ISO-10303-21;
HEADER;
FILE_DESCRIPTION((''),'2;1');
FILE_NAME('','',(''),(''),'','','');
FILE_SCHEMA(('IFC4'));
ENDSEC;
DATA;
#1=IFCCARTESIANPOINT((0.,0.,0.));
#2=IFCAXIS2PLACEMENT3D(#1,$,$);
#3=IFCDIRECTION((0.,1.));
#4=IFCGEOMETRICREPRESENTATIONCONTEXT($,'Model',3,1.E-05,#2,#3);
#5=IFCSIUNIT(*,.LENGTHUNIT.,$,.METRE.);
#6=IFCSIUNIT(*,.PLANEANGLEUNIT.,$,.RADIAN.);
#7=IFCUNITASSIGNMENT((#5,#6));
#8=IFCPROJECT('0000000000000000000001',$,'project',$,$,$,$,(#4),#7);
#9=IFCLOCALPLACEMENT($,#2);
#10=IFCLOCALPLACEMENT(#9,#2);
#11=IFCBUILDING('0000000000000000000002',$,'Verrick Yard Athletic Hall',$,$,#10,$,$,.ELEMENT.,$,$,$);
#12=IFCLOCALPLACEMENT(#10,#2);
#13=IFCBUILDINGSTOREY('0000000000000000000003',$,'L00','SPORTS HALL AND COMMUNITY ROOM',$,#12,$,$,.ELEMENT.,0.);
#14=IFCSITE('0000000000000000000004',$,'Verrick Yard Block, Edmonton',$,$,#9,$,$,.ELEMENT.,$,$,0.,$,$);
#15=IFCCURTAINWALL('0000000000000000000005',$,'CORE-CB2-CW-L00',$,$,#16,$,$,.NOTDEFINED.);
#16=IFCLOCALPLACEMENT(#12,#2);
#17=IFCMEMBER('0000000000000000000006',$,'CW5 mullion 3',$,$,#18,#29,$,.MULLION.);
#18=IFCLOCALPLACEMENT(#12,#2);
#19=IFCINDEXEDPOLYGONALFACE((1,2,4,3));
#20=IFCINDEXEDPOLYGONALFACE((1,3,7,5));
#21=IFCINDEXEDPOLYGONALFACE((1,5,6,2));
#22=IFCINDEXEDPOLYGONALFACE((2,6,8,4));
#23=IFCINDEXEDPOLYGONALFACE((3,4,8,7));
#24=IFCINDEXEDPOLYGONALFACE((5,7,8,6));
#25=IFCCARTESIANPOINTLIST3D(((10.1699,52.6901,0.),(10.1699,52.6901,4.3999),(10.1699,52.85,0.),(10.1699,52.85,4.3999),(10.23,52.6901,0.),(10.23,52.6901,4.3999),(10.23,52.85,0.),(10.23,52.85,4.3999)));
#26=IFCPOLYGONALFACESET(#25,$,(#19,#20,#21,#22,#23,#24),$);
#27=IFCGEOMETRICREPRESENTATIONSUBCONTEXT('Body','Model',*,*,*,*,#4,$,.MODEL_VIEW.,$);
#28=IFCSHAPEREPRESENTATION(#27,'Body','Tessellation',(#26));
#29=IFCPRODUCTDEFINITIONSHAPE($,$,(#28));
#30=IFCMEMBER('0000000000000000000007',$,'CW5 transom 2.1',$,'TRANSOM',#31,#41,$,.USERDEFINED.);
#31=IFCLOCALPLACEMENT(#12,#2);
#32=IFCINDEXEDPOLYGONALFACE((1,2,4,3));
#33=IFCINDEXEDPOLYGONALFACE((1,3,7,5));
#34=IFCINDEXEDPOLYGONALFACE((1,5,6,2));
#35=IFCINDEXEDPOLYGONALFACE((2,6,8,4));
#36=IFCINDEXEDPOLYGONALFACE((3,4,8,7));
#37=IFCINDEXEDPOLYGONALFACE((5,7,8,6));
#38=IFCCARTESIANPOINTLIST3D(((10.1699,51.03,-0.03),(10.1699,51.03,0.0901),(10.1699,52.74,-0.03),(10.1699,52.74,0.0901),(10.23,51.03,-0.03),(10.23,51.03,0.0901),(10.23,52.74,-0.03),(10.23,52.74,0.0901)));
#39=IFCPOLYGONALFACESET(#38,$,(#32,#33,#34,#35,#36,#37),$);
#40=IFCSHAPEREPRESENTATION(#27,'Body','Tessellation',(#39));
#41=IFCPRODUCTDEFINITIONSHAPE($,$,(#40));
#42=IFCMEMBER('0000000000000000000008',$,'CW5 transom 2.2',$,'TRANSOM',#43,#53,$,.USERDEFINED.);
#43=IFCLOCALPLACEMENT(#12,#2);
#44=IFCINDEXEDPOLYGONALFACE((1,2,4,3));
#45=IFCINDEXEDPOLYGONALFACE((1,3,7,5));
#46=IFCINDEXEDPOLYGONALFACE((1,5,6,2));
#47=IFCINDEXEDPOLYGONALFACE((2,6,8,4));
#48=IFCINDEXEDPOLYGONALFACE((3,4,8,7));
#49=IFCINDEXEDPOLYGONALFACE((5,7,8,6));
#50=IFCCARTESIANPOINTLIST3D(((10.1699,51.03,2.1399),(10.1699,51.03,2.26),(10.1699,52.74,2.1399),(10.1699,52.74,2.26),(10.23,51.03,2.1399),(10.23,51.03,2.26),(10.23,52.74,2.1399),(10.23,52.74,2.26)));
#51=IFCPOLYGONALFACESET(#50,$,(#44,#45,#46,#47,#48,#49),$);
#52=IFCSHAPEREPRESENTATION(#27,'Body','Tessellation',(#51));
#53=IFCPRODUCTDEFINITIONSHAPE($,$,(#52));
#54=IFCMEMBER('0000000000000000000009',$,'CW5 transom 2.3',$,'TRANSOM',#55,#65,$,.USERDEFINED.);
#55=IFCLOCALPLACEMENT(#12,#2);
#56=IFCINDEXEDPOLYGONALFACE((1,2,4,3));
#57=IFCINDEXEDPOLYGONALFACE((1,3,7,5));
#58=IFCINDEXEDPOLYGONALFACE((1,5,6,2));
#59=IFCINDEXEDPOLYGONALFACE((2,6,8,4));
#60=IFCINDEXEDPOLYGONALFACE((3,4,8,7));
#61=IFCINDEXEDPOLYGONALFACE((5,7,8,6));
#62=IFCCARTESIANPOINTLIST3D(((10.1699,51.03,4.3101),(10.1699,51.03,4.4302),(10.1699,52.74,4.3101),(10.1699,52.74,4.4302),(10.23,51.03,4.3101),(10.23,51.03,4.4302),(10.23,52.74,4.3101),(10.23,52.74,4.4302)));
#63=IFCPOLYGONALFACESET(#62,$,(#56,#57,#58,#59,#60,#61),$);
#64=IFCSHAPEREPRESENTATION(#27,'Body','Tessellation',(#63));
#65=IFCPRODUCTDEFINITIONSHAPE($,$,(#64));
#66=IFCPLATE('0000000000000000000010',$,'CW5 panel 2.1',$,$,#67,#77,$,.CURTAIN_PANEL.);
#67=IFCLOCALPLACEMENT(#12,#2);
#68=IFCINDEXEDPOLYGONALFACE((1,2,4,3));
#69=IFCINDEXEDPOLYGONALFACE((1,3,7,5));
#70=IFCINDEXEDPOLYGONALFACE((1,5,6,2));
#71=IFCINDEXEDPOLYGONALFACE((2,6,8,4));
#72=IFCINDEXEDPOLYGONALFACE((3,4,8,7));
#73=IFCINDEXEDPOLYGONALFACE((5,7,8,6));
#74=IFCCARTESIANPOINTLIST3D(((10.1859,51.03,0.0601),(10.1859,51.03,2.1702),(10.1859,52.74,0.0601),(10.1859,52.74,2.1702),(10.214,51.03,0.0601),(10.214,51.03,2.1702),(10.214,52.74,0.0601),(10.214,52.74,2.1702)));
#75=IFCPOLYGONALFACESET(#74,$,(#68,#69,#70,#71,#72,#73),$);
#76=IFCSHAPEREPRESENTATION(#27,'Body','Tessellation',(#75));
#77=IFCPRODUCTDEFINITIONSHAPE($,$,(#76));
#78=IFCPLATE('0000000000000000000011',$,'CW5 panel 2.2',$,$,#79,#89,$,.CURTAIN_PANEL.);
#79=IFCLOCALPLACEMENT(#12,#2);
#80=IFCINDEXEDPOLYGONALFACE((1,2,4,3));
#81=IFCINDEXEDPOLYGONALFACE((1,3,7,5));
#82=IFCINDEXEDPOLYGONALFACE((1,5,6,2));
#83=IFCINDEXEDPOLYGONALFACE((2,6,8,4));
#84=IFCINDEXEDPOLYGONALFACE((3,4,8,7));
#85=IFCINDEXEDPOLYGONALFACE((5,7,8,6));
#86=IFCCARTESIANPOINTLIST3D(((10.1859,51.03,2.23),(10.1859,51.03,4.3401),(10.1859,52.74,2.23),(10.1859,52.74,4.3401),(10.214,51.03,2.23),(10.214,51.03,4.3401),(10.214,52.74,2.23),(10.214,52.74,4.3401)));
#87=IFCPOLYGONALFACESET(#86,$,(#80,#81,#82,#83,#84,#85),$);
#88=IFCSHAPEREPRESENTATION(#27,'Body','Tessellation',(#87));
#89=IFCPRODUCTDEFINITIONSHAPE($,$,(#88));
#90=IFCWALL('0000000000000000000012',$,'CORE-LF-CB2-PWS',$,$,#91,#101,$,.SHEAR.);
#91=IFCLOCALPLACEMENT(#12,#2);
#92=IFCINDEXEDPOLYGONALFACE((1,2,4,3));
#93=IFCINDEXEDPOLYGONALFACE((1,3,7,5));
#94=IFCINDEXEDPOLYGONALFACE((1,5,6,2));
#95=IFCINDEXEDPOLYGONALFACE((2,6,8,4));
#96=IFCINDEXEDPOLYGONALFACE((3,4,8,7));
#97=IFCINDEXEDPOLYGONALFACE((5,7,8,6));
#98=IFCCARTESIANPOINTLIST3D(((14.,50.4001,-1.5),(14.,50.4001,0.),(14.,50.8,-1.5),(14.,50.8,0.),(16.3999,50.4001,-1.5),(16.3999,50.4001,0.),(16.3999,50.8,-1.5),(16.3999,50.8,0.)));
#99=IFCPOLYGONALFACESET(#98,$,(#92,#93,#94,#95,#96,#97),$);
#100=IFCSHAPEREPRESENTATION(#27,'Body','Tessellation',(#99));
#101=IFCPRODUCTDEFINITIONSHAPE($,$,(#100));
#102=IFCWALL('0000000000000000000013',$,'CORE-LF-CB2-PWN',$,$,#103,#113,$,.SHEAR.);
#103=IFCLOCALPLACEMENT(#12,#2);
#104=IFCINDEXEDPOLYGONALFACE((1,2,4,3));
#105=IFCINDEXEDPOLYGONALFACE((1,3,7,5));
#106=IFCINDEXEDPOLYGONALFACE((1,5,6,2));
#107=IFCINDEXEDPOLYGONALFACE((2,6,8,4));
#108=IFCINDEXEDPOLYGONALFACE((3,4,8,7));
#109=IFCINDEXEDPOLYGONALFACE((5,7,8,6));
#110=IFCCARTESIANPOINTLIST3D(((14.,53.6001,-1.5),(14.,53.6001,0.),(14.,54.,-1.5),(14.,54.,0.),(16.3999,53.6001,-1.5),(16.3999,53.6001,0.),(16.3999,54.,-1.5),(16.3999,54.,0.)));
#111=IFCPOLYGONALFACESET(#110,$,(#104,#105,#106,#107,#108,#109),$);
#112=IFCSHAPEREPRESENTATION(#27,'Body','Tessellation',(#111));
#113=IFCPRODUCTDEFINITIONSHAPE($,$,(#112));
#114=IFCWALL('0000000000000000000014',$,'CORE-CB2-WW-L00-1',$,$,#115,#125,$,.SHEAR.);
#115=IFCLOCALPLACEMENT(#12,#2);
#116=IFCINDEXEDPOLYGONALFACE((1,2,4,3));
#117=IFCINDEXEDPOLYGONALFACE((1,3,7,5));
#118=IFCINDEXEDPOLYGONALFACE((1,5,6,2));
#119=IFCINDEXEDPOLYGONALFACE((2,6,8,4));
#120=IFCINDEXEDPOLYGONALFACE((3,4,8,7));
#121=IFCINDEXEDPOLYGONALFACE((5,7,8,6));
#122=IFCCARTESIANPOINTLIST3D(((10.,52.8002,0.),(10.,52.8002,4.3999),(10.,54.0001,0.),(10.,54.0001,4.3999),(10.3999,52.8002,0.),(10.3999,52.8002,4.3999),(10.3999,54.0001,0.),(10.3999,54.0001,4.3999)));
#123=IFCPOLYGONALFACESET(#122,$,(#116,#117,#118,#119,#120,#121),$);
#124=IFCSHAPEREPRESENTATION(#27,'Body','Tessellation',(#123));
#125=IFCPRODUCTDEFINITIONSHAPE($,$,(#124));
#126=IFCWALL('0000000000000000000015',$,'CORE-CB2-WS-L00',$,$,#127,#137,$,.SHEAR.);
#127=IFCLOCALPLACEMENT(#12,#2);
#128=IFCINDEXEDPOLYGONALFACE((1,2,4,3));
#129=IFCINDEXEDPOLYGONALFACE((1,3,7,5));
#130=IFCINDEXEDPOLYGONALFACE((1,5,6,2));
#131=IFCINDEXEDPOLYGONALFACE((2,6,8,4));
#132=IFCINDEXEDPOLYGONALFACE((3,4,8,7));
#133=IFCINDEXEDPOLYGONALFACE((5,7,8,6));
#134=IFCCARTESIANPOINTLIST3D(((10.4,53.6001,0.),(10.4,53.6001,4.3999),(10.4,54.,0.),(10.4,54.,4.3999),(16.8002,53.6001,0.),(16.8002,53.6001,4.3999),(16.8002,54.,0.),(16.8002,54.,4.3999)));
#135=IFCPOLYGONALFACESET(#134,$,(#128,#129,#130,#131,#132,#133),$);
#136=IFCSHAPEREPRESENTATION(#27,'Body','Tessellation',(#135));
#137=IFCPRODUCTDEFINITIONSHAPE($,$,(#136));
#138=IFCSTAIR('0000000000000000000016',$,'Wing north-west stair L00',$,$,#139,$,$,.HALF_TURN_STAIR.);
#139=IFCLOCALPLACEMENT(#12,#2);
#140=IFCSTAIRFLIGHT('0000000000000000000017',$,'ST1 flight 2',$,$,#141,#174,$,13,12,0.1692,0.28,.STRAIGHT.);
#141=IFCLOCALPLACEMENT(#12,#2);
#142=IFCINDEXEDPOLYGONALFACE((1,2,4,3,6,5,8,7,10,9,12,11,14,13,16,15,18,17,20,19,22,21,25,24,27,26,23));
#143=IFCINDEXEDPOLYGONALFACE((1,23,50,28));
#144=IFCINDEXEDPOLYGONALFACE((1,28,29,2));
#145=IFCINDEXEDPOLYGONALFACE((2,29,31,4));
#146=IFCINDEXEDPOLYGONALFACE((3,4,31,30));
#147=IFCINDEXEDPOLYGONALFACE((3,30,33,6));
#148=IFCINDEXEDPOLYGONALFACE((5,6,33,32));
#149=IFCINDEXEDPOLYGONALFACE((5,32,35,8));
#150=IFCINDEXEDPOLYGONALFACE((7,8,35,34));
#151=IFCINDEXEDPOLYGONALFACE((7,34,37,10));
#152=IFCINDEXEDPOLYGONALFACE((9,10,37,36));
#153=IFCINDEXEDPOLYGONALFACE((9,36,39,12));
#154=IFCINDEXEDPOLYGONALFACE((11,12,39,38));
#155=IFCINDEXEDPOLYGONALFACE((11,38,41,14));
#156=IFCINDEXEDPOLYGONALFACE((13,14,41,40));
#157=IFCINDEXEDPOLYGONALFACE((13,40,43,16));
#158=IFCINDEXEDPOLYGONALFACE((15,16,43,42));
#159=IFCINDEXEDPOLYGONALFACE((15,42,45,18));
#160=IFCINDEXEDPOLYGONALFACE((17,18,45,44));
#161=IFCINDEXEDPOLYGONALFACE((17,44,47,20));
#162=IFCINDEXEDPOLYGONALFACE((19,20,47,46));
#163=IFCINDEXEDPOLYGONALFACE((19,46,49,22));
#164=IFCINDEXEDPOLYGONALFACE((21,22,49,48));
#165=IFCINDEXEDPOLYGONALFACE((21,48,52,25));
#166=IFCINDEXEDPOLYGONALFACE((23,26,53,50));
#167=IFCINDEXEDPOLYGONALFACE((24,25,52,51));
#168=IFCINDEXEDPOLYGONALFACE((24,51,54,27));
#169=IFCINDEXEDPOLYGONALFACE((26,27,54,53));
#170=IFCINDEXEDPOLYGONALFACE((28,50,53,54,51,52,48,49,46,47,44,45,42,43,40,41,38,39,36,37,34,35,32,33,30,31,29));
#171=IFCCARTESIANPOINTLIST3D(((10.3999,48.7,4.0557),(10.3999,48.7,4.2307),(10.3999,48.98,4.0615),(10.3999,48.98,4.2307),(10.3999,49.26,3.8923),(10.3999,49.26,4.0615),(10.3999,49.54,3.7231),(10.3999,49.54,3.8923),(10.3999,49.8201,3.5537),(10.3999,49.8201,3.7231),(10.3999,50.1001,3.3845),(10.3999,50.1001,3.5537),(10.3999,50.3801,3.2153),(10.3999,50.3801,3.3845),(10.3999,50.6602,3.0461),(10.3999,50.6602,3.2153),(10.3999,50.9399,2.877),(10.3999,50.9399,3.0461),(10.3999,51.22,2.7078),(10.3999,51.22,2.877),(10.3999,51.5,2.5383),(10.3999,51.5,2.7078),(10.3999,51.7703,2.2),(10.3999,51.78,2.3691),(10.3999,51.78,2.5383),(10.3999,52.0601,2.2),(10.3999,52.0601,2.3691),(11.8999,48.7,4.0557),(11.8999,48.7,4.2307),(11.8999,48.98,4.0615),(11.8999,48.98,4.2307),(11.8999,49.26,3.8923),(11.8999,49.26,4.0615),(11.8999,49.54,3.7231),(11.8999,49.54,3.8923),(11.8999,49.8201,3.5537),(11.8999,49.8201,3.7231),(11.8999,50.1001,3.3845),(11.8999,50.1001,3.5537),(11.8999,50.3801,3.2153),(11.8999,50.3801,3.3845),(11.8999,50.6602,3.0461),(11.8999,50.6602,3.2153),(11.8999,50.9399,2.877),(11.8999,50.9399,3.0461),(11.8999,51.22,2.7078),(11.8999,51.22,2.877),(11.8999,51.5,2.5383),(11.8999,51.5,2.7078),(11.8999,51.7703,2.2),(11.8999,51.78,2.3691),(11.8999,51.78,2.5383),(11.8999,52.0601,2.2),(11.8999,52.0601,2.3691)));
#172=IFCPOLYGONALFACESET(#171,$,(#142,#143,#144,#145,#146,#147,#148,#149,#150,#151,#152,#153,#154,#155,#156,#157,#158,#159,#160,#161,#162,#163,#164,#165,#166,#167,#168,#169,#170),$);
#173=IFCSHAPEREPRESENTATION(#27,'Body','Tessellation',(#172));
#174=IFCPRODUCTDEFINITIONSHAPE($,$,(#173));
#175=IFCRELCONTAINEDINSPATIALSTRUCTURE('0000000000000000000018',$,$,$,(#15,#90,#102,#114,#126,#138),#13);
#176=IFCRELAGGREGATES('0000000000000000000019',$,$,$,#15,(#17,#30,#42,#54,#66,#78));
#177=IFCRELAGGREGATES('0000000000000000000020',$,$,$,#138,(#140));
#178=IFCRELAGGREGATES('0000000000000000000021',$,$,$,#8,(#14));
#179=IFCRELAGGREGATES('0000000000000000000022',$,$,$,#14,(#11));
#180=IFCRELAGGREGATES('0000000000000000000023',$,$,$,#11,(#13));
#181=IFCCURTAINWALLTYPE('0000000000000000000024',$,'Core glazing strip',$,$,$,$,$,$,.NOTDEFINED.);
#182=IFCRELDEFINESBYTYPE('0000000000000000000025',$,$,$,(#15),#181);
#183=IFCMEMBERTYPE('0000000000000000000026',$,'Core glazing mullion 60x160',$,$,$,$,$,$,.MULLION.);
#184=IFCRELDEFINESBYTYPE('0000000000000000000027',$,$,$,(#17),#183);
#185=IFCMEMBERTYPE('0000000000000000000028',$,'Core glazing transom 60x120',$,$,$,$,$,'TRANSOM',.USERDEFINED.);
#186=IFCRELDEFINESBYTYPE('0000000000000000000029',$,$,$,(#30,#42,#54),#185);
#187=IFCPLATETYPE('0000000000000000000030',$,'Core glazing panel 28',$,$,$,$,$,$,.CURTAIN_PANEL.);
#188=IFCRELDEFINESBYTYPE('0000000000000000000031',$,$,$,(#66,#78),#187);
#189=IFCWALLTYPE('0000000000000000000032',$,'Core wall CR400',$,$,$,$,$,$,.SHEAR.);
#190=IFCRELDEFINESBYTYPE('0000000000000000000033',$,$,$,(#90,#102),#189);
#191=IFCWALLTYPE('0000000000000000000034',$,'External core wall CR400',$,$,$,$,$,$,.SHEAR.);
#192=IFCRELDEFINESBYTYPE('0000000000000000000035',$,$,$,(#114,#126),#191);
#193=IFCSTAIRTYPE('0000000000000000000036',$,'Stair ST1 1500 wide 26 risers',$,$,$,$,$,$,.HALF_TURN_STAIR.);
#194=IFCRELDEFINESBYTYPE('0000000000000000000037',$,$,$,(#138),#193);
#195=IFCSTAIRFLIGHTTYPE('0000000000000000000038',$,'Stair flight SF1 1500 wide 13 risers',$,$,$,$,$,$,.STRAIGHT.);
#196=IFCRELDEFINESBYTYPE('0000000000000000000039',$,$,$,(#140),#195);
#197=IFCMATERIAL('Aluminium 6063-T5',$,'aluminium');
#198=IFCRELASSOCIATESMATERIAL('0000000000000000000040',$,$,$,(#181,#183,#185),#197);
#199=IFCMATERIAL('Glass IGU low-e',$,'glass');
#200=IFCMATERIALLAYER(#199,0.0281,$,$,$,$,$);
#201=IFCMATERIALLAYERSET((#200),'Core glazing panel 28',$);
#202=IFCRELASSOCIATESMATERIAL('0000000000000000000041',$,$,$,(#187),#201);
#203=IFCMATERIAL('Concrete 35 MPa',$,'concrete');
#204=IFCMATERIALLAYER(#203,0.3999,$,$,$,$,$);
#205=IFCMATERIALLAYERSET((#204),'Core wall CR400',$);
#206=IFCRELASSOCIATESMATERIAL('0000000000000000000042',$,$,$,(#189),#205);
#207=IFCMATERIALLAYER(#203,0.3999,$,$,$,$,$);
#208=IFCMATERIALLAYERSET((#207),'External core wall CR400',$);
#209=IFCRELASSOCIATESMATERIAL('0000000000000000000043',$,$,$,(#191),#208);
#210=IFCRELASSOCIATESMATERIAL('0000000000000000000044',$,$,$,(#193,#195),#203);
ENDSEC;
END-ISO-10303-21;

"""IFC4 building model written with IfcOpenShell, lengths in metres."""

from ifc_helpers import new_model, si_unit, direction, frame, frame_2d, origin, origin_2d, place, context, subcontext, project, spatial, polyline, rectangle, outline, extrude, material, layer, layer_set, material_profile, profile_set, type_object, element, aggregate, save


model = new_model("IFC4")

# Units and contexts
model_context = context("Model", 3, precision=1e-05, world=origin(), true_north=direction((0.0, 1.0)))
body_context = subcontext(model_context, "Body", "Model", "MODEL_VIEW")
ifc_project = project(units=[si_unit("LENGTHUNIT", "METRE"), si_unit("PLANEANGLEUNIT", "RADIAN")], contexts=[model_context])

# Site, building, storey
site_placement = place(None, origin())
site = spatial("IfcSite", under=ifc_project, at=site_placement, Name="Verrick Yard Block, Edmonton", CompositionType="ELEMENT", RefElevation=0.0)
building_placement = place(site_placement, origin())
building = spatial("IfcBuilding", under=site, at=building_placement, Name="Verrick Yard Athletic Hall", CompositionType="ELEMENT")
storey_placement = place(building_placement, origin())
storey = spatial("IfcBuildingStorey", under=building, at=storey_placement, Name="L00", Description="SPORTS HALL AND COMMUNITY ROOM", CompositionType="ELEMENT", Elevation=0.0)

# Shared definitions
ifc_material_1 = material(Name="Concrete 35 MPa", Category="concrete")

# Curtain wall, members, plates
ifc_material_2 = material(Name="Aluminium 6063-T5", Category="aluminium")
curtain_wall_type = type_object("IfcCurtainWallType", Name="Core glazing strip", PredefinedType="NOTDEFINED", material=ifc_material_2)
curtain_wall_placement = place(storey_placement, origin())
curtain_wall = element("IfcCurtainWall", 1, at=curtain_wall_placement, inside=storey, type_object=curtain_wall_type, Name="CORE-CB2-CW-L00", PredefinedType="NOTDEFINED")
ifc_material_profile_1 = material_profile(ifc_material_2, rectangle(XDim=0.0601, YDim=0.1599, at=origin_2d()), Name="Core glazing mullion 60x160")
ifc_profile_set_1 = profile_set([ifc_material_profile_1], Name="Aluminium 6063-T5")
member_type_1 = type_object("IfcMemberType", Name="Core glazing mullion 60x160", PredefinedType="MULLION", material=ifc_profile_set_1)
member_1_placement = place(storey_placement, frame((10.2, 52.77, 0.0), z_axis=(0.0, 0.0, 1.0), x_axis=(-1.0, 0.0, 0.0)))
member_1 = element("IfcMember", 2, at=member_1_placement, type_object=member_type_1, Name="CW5 mullion 3", PredefinedType="MULLION", context=body_context, shape_type="SweptSolid", body=[
    extrude(rectangle(XDim=0.0601, YDim=0.1599, at=origin_2d()), origin(), (0.0, 0.0, 1.0), 4.3999),
])
ifc_material_profile_2 = material_profile(ifc_material_2, rectangle(XDim=0.0601, YDim=0.1201, at=origin_2d()), Name="Core glazing transom 60x120")
ifc_profile_set_2 = profile_set([ifc_material_profile_2], Name="Aluminium 6063-T5")
member_type_2 = type_object("IfcMemberType", Name="Core glazing transom 60x120", ElementType="TRANSOM", PredefinedType="USERDEFINED", material=ifc_profile_set_2)
member_2_placement = place(storey_placement, frame((10.2, 51.03, 0.03), z_axis=(0.0, 1.0, 0.0), x_axis=(-1.0, 0.0, 0.0)))
member_2 = element("IfcMember", 3, at=member_2_placement, type_object=member_type_2, Name="CW5 transom 2.1", ObjectType="TRANSOM", PredefinedType="USERDEFINED", context=body_context, shape_type="SweptSolid", body=[
    extrude(rectangle(XDim=0.0601, YDim=0.1201, at=origin_2d()), origin(), (0.0, 0.0, 1.0), 1.71),
])
member_3_placement = place(storey_placement, frame((10.2, 51.03, 2.2), z_axis=(0.0, 1.0, 0.0), x_axis=(-1.0, 0.0, 0.0)))
member_3 = element("IfcMember", 4, at=member_3_placement, type_object=member_type_2, Name="CW5 transom 2.2", ObjectType="TRANSOM", PredefinedType="USERDEFINED", context=body_context, shape_type="SweptSolid", body=[
    extrude(rectangle(XDim=0.0601, YDim=0.1201, at=origin_2d()), origin(), (0.0, 0.0, 1.0), 1.71),
])
member_4_placement = place(storey_placement, frame((10.2, 51.03, 4.3701), z_axis=(0.0, 1.0, 0.0), x_axis=(-1.0, 0.0, 0.0)))
member_4 = element("IfcMember", 5, at=member_4_placement, type_object=member_type_2, Name="CW5 transom 2.3", ObjectType="TRANSOM", PredefinedType="USERDEFINED", context=body_context, shape_type="SweptSolid", body=[
    extrude(rectangle(XDim=0.0601, YDim=0.1201, at=origin_2d()), origin(), (0.0, 0.0, 1.0), 1.71),
])
ifc_material_3 = material(Name="Glass IGU low-e", Category="glass")
ifc_layer_1 = layer(ifc_material_3, 0.0281)
ifc_layer_set_1 = layer_set([ifc_layer_1], Name="Core glazing panel 28")
plate_type = type_object("IfcPlateType", Name="Core glazing panel 28", PredefinedType="CURTAIN_PANEL", material=ifc_layer_set_1)
plate_1_placement = place(storey_placement, frame((10.2, 51.885, 0.0601), z_axis=(0.0, 0.0, 1.0), x_axis=(0.0, 1.0, 0.0)))
plate_1 = element("IfcPlate", 6, at=plate_1_placement, type_object=plate_type, Name="CW5 panel 2.1", PredefinedType="CURTAIN_PANEL", context=body_context, shape_type="SweptSolid", body=[
    extrude(rectangle(XDim=1.71, YDim=0.0281, at=origin_2d()), origin(), (0.0, 0.0, 1.0), 2.1101),
])
plate_2_placement = place(storey_placement, frame((10.2, 51.885, 2.23), z_axis=(0.0, 0.0, 1.0), x_axis=(0.0, 1.0, 0.0)))
plate_2 = element("IfcPlate", 7, at=plate_2_placement, type_object=plate_type, Name="CW5 panel 2.2", PredefinedType="CURTAIN_PANEL", context=body_context, shape_type="SweptSolid", body=[
    extrude(rectangle(XDim=1.71, YDim=0.0281, at=origin_2d()), origin(), (0.0, 0.0, 1.0), 2.1101),
])
aggregate(curtain_wall, [member_1, member_2, member_3, member_4, plate_1, plate_2])

# Walls
ifc_layer_2 = layer(ifc_material_1, 0.3999)
ifc_layer_set_2 = layer_set([ifc_layer_2], Name="Core wall CR400")
wall_type_1 = type_object("IfcWallType", Name="Core wall CR400", PredefinedType="SHEAR", material=ifc_layer_set_2)
for number, where, z_axis, x_axis, name in (
    (8, (14.0, 50.6001, -1.5), (0.0, 0.0, 1.0), (1.0, 0.0, 0.0), "CORE-LF-CB2-PWS"),
    (9, (14.0, 53.8, -1.5), (0.0, 0.0, 1.0), (1.0, 0.0, 0.0), "CORE-LF-CB2-PWN"),
):
    element("IfcWall", number, at=place(storey_placement, frame(where, z_axis=z_axis, x_axis=x_axis)), inside=storey, type_object=wall_type_1, Name=name, PredefinedType="SHEAR", context=body_context, shape_type="SweptSolid", body=[
        extrude(rectangle(XDim=2.3999, YDim=0.3999, at=frame_2d((1.2, 0.0))), origin(), (0.0, 0.0, 1.0), 1.5),
    ])
ifc_layer_3 = layer(ifc_material_1, 0.3999)
ifc_layer_set_3 = layer_set([ifc_layer_3], Name="External core wall CR400")
wall_type_2 = type_object("IfcWallType", Name="External core wall CR400", PredefinedType="SHEAR", material=ifc_layer_set_3)
wall_1_placement = place(storey_placement, frame((10.2, 52.8, 0.0), z_axis=(0.0, 0.0, 1.0), x_axis=(0.0, 1.0, 0.0)))
element("IfcWall", 10, at=wall_1_placement, inside=storey, type_object=wall_type_2, Name="CORE-CB2-WW-L00-1", PredefinedType="SHEAR", context=body_context, shape_type="SweptSolid", body=[
    extrude(rectangle(XDim=1.2, YDim=0.3999, at=frame_2d((0.6001, 0.0))), origin(), (0.0, 0.0, 1.0), 4.3999),
])
wall_2_placement = place(storey_placement, frame((10.3999, 53.8, 0.0), z_axis=(0.0, 0.0, 1.0), x_axis=(1.0, 0.0, 0.0)))
element("IfcWall", 11, at=wall_2_placement, inside=storey, type_object=wall_type_2, Name="CORE-CB2-WS-L00", PredefinedType="SHEAR", context=body_context, shape_type="SweptSolid", body=[
    extrude(rectangle(XDim=6.4001, YDim=0.3999, at=frame_2d((3.2002, 0.0))), origin(), (0.0, 0.0, 1.0), 4.3999),
])

# Stair, stair flight
stair_type = type_object("IfcStairType", Name="Stair ST1 1500 wide 26 risers", PredefinedType="HALF_TURN_STAIR", material=ifc_material_1)
stair_placement = place(storey_placement, origin())
stair = element("IfcStair", 12, at=stair_placement, inside=storey, type_object=stair_type, Name="Wing north-west stair L00", PredefinedType="HALF_TURN_STAIR")
stair_flight_type = type_object("IfcStairFlightType", Name="Stair flight SF1 1500 wide 13 risers", PredefinedType="STRAIGHT", material=ifc_material_1)
stair_flight_placement = place(storey_placement, frame((11.1499, 52.0601, 2.2), z_axis=(0.0, 0.0, 1.0), x_axis=(0.0, -1.0, 0.0)))
stair_flight = element("IfcStairFlight", 13, at=stair_flight_placement, type_object=stair_flight_type, Name="ST1 flight 2", NumberOfRisers=13, NumberOfTreads=12, PredefinedType="STRAIGHT", RiserHeight=0.1692, TreadLength=0.28, context=body_context, shape_type="SweptSolid", body=[
    extrude(outline(polyline([(0.0, 0.0), (0.0, 0.1692), (0.28, 0.1692), (0.28, 0.3384), (0.5601, 0.3384), (0.5601, 0.5078), (0.8401, 0.5078), (0.8401, 0.677), (1.1201, 0.677), (1.1201, 0.8462), (1.3999, 0.8462), (1.3999, 1.0154), (1.6799, 1.0154), (1.6799, 1.1846), (1.96, 1.1846), (1.96, 1.3538), (2.24, 1.3538), (2.24, 1.5232), (2.52, 1.5232), (2.52, 1.6924), (2.8, 1.6924), (2.8, 1.8616), (3.0801, 1.8616), (3.0801, 2.0308), (3.3601, 2.0308), (3.3601, 2.2), (3.3601, 1.8557), (0.2898, 0.0), (0.0, 0.0)])), frame((0.0, 0.75, 0.0), z_axis=(0.0, -1.0, 0.0), x_axis=(1.0, 0.0, 0.0)), (0.0, 0.0, 1.0), 1.5),
])
aggregate(stair, [stair_flight])

save(model, "model.ifc")
